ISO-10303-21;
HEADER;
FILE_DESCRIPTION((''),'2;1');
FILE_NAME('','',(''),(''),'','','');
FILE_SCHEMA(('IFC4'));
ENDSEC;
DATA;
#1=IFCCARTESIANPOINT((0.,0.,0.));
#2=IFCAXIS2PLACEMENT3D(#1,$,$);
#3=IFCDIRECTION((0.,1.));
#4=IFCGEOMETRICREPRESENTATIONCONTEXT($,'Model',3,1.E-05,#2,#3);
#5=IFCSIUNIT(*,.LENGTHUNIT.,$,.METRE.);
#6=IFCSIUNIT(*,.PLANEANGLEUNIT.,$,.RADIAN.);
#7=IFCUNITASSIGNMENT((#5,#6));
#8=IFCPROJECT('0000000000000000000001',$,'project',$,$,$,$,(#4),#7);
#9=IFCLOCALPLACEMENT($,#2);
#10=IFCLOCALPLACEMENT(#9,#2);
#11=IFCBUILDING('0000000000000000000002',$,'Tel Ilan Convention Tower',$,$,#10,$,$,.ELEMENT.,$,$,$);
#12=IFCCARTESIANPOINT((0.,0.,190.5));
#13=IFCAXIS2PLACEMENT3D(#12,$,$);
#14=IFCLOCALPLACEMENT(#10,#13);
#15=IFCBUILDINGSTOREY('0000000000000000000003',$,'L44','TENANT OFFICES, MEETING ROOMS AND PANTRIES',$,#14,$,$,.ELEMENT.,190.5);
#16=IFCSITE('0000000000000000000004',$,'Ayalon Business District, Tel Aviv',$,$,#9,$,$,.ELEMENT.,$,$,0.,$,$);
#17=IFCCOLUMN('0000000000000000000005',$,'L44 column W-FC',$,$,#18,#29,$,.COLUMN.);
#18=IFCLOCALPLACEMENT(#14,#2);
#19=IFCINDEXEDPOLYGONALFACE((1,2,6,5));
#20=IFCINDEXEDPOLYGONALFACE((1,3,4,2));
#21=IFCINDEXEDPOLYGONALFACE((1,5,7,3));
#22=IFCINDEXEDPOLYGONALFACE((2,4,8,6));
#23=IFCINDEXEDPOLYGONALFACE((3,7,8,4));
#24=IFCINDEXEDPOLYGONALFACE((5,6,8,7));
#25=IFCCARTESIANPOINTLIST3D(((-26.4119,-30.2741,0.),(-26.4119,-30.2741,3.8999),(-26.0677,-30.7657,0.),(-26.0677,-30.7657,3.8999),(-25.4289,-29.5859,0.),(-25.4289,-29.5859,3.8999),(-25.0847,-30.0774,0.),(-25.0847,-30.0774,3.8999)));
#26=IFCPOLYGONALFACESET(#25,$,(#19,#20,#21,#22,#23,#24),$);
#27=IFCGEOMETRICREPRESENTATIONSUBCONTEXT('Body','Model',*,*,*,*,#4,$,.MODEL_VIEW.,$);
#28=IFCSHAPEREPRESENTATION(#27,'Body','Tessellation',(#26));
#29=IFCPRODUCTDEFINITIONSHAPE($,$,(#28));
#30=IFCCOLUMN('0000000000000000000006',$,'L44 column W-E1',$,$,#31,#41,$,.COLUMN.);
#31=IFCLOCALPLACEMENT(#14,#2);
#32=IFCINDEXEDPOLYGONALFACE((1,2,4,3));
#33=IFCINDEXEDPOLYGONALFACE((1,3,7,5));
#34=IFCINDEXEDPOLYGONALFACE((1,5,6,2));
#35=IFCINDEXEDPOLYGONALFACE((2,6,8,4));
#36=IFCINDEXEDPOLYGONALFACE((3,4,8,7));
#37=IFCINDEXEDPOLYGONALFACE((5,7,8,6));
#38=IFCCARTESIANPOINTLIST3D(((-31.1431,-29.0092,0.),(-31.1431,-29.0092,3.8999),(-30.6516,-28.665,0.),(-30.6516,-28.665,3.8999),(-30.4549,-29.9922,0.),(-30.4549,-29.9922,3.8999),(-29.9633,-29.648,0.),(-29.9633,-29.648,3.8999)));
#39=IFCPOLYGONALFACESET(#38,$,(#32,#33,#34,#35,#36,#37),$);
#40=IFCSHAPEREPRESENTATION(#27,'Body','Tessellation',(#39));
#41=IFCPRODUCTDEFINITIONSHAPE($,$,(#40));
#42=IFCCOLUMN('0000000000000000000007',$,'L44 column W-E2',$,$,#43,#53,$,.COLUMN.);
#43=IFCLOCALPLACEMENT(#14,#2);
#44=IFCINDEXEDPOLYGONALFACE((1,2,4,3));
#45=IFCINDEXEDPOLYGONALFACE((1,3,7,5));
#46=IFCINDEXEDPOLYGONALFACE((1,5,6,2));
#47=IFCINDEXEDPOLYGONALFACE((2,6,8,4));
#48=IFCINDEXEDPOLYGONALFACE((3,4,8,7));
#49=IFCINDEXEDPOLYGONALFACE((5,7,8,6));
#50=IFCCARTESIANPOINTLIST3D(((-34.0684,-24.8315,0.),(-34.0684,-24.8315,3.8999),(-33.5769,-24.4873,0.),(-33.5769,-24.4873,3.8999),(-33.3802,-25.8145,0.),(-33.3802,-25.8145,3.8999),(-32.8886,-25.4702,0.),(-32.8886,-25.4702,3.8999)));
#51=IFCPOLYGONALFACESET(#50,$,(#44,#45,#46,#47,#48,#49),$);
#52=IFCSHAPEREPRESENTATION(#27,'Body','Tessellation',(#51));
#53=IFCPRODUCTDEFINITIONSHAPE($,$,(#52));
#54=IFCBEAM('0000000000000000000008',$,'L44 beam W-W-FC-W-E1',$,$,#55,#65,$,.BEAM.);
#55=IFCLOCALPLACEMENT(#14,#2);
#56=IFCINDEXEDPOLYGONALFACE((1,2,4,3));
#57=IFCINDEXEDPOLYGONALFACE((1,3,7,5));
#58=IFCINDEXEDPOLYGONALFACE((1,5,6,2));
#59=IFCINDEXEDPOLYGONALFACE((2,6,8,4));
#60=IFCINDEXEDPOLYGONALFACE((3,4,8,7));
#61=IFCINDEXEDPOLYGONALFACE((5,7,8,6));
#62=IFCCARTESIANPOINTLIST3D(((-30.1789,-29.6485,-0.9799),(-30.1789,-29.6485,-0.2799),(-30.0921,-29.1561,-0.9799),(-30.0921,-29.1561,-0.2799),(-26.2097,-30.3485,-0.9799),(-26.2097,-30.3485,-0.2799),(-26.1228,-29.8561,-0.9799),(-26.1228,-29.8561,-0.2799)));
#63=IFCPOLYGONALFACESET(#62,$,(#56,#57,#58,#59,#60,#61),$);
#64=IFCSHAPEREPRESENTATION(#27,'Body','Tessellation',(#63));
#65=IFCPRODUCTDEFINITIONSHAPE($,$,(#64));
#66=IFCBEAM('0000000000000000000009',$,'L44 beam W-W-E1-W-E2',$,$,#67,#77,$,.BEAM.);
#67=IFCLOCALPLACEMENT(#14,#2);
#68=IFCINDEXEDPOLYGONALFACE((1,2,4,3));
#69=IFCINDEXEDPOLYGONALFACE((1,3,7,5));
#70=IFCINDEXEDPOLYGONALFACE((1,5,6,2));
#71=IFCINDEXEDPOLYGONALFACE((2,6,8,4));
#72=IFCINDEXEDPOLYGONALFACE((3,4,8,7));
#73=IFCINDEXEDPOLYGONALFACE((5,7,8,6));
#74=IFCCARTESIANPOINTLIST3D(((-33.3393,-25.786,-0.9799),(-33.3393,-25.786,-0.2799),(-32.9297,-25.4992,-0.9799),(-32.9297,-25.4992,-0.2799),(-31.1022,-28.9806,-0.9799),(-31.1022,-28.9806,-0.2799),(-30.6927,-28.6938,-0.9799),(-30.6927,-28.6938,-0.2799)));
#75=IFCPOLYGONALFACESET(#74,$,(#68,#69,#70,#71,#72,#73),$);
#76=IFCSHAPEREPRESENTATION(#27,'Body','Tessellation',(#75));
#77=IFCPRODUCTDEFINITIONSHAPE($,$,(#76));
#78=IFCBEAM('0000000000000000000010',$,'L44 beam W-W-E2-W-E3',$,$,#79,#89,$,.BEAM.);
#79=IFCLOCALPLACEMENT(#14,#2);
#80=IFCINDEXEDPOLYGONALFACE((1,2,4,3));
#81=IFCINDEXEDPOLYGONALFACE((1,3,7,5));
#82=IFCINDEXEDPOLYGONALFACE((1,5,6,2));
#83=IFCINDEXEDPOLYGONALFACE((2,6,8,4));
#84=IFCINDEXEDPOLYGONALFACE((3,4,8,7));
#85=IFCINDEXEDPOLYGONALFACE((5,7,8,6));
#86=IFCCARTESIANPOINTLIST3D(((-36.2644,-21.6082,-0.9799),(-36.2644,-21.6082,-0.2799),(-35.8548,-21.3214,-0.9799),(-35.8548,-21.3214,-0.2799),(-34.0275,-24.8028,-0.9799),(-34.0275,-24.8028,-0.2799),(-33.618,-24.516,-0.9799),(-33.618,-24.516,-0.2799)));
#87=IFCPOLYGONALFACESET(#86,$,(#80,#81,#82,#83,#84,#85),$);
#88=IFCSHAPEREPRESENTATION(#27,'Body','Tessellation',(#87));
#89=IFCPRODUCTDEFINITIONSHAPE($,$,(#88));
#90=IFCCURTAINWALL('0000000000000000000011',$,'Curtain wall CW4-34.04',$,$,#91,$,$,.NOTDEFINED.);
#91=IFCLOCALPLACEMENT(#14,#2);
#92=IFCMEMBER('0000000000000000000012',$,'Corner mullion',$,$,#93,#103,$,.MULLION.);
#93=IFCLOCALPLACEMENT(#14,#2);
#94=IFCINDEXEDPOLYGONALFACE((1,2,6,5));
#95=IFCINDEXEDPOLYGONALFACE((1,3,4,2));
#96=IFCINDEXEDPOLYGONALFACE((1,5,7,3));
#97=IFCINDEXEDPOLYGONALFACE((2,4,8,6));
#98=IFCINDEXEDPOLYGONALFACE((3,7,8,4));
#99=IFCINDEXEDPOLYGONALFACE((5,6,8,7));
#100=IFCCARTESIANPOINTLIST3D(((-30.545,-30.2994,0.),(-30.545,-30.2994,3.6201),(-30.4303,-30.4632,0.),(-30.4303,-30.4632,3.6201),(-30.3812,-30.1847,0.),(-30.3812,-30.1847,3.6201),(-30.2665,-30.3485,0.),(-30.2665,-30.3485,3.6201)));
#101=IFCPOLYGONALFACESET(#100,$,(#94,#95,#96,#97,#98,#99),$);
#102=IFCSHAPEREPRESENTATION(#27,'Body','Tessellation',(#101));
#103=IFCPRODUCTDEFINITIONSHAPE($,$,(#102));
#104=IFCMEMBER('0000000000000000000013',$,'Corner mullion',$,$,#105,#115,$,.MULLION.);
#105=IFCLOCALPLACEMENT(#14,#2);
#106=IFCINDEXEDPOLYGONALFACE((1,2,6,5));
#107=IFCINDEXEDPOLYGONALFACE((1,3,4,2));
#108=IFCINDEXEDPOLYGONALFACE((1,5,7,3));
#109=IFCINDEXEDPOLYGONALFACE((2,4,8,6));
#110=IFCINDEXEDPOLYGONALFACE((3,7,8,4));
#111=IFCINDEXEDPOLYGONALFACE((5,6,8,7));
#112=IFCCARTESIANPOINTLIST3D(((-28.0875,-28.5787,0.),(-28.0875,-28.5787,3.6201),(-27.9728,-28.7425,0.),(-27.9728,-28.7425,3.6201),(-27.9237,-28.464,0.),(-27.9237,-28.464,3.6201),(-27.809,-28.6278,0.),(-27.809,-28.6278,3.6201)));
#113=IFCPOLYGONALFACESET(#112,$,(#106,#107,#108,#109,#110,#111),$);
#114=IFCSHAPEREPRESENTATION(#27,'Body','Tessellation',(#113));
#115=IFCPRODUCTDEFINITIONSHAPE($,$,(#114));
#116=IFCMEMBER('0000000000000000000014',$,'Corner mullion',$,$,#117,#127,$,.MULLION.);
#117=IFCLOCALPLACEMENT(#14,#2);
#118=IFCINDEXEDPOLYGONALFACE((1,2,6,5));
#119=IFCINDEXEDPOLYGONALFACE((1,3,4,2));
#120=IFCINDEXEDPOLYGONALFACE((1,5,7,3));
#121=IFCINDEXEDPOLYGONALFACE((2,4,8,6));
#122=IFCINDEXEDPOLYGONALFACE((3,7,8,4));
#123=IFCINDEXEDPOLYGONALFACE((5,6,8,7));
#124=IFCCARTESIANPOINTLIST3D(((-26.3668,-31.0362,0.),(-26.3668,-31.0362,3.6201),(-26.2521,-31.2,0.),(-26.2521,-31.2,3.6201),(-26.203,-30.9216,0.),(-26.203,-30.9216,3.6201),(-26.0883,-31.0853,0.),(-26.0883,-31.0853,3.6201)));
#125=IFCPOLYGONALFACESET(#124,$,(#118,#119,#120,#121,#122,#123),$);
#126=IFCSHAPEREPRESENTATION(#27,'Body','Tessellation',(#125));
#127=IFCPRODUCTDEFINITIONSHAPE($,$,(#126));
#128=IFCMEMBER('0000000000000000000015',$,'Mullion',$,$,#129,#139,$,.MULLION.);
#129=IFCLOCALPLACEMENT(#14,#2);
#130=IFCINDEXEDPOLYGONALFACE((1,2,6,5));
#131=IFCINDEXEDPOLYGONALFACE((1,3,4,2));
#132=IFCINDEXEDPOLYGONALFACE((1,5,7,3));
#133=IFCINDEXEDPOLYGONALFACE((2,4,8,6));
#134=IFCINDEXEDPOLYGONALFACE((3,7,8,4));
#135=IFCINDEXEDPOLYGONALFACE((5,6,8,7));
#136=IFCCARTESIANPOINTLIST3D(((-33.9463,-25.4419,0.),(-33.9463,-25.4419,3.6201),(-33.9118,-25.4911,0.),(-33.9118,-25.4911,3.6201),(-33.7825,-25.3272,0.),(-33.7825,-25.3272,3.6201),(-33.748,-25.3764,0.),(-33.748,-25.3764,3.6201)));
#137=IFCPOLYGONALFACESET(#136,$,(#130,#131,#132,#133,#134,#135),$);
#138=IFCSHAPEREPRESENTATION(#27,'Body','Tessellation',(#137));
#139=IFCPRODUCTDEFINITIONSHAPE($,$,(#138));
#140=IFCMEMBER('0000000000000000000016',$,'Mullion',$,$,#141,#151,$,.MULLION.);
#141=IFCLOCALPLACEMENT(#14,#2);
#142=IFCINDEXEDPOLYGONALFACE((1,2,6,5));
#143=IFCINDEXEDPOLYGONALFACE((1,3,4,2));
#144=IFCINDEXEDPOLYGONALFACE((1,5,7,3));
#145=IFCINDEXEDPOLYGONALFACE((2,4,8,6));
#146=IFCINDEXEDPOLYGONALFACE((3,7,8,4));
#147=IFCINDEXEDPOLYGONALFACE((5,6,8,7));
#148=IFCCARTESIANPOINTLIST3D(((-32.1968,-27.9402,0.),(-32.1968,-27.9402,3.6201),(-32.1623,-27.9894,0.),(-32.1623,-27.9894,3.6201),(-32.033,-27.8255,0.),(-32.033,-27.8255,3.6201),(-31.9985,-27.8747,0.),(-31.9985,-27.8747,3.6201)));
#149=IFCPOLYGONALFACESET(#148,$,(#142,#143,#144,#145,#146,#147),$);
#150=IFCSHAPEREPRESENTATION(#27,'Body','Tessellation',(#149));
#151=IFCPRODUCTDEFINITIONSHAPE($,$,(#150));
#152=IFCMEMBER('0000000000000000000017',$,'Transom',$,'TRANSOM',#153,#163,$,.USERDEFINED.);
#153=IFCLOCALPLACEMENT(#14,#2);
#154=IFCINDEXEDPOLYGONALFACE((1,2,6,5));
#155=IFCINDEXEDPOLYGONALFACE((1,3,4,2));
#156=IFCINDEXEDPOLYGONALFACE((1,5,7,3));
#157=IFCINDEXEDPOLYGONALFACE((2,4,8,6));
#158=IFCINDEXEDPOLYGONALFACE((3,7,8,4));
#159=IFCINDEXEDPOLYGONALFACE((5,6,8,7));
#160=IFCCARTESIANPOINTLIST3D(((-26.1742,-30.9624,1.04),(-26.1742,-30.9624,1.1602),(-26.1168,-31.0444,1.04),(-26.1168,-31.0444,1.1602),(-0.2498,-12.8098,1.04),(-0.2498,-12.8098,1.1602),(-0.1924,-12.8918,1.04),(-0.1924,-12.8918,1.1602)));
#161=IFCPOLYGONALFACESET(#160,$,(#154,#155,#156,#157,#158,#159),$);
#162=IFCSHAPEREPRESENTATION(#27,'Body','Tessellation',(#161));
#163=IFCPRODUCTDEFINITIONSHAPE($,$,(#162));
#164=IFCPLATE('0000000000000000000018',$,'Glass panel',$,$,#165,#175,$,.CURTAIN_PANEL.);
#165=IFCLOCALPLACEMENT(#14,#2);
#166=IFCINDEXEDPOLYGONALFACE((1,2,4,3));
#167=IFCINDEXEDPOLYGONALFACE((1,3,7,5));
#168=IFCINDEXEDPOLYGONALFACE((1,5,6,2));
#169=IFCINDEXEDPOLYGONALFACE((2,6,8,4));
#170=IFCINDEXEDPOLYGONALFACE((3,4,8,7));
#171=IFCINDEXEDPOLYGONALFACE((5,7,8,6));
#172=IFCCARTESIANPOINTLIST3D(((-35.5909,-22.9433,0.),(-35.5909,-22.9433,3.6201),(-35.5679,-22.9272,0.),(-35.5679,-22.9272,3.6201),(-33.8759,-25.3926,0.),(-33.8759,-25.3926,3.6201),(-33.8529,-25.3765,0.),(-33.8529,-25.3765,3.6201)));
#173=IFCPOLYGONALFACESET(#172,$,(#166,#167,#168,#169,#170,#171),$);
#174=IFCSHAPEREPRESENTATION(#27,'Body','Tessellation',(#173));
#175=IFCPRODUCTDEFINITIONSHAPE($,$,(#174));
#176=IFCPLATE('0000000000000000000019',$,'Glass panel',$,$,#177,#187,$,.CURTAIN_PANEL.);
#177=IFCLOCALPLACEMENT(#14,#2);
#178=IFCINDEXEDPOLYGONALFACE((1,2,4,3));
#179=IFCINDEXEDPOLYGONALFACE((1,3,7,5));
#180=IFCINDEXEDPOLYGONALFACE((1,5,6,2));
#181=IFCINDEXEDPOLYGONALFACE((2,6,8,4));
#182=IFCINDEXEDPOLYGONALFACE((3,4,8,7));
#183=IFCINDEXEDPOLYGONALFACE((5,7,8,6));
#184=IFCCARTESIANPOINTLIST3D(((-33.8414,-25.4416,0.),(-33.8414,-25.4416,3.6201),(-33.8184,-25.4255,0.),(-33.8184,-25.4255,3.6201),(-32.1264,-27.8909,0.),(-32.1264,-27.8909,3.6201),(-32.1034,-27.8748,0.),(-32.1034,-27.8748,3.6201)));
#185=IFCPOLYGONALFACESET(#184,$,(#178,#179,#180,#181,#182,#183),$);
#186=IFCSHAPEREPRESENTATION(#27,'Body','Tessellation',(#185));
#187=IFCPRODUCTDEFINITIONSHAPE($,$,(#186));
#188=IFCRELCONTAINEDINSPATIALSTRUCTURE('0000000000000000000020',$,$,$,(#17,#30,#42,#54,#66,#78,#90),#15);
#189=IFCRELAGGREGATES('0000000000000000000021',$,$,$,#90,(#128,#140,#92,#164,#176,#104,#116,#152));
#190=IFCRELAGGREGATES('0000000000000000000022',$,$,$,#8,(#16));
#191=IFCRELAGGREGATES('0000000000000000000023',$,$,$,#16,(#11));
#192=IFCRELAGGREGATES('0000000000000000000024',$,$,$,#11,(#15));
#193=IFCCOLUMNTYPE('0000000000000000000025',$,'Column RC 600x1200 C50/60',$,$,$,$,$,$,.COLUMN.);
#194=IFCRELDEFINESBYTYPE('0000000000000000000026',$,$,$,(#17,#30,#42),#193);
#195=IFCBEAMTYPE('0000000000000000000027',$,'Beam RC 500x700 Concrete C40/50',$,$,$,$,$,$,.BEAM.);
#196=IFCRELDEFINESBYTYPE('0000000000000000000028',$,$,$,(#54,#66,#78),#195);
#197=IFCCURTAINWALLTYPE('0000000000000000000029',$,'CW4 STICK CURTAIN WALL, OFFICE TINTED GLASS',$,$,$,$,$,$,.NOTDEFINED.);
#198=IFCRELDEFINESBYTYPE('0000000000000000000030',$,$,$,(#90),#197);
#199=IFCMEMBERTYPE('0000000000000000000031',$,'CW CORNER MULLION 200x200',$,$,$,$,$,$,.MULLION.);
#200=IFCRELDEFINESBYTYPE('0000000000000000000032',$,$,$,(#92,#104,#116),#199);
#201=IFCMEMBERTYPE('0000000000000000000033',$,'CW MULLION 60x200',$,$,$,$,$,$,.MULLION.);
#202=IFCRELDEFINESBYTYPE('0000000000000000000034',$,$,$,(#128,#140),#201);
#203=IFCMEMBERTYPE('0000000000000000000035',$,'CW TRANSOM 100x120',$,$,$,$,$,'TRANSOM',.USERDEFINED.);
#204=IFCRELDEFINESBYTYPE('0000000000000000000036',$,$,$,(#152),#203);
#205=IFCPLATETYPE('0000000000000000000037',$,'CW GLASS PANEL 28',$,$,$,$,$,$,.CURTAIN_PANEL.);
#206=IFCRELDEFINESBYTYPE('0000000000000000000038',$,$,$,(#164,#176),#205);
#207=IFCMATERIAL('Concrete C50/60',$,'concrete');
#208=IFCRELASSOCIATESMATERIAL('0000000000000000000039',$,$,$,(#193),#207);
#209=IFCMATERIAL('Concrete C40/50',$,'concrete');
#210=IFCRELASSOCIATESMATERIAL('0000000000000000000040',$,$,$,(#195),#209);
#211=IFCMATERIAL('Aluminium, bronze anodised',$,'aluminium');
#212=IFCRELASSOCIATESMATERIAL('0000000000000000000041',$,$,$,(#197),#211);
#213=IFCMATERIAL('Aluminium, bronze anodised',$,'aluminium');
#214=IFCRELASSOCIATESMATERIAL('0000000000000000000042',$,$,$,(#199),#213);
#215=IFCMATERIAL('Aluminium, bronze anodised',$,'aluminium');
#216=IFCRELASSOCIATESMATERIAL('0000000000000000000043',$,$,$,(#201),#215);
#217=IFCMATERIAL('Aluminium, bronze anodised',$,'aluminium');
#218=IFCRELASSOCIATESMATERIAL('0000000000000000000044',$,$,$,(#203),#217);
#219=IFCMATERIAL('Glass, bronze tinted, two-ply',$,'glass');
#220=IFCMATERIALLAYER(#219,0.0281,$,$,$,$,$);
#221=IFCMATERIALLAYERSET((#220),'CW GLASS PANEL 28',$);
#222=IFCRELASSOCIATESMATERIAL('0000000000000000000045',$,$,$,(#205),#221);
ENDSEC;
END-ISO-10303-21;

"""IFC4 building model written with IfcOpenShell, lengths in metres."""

from ifc_helpers import new_model, si_unit, direction, frame, origin, origin_2d, place, context, subcontext, project, spatial, rectangle, extrude, material, layer, layer_set, material_profile, profile_set, type_object, element, aggregate, save


model = new_model("IFC4")

# Units and contexts
model_context = context("Model", 3, precision=1e-05, world=origin(), true_north=direction((0.0, 1.0)))
body_context = subcontext(model_context, "Body", "Model", "MODEL_VIEW")
ifc_project = project(units=[si_unit("LENGTHUNIT", "METRE"), si_unit("PLANEANGLEUNIT", "RADIAN")], contexts=[model_context])

# Site, building, storey
site_placement = place(None, origin())
site = spatial("IfcSite", under=ifc_project, at=site_placement, Name="Ayalon Business District, Tel Aviv", CompositionType="ELEMENT", RefElevation=0.0)
building_placement = place(site_placement, origin())
building = spatial("IfcBuilding", under=site, at=building_placement, Name="Tel Ilan Convention Tower", CompositionType="ELEMENT")
storey_placement = place(building_placement, frame((0.0, 0.0, 190.5)))
storey = spatial("IfcBuildingStorey", under=building, at=storey_placement, Name="L44", Description="TENANT OFFICES, MEETING ROOMS AND PANTRIES", CompositionType="ELEMENT", Elevation=190.5)

# Columns
ifc_material_1 = material(Name="Concrete C50/60", Category="concrete")
ifc_material_profile_1 = material_profile(ifc_material_1, rectangle(XDim=1.2, YDim=0.6001, at=origin_2d()), Name="RC 600x1200")
ifc_profile_set_1 = profile_set([ifc_material_profile_1], Name="Concrete C50/60")
column_type = type_object("IfcColumnType", Name="Column RC 600x1200 C50/60", PredefinedType="COLUMN", material=ifc_profile_set_1)
for number, where, z_axis, x_axis, name in (
    (1, (-25.7483, -30.1758, 0.0), (0.0, 0.0, 1.0), (-0.819152, -0.573576, 0.0), "L44 column W-FC"),
    (2, (-30.5532, -29.3286, 0.0), (0.0, 0.0, 1.0), (-0.573576, 0.819152, 0.0), "L44 column W-E1"),
    (3, (-33.4785, -25.1509, 0.0), (0.0, 0.0, 1.0), (-0.573576, 0.819152, 0.0), "L44 column W-E2"),
):
    element("IfcColumn", number, at=place(storey_placement, frame(where, z_axis=z_axis, x_axis=x_axis)), inside=storey, type_object=column_type, Name=name, PredefinedType="COLUMN", context=body_context, shape_type="SweptSolid", body=[
        extrude(rectangle(XDim=1.2, YDim=0.6001, at=origin_2d()), origin(), (0.0, 0.0, 1.0), 3.8999),
    ])

# Beams
ifc_material_2 = material(Name="Concrete C40/50", Category="concrete")
ifc_material_profile_2 = material_profile(ifc_material_2, rectangle(XDim=0.5, YDim=0.7, at=origin_2d()), Name="RC 500x700")
ifc_profile_set_2 = profile_set([ifc_material_profile_2], Name="Concrete C40/50")
beam_type = type_object("IfcBeamType", Name="Beam RC 500x700 Concrete C40/50", PredefinedType="BEAM", material=ifc_profile_set_2)
beam_placement = place(storey_placement, frame((-26.1663, -30.1023, -0.6299), z_axis=(-0.984805, 0.173664, 0.0), x_axis=(-0.173664, -0.984805, 0.0)))
element("IfcBeam", 4, at=beam_placement, inside=storey, type_object=beam_type, Name="L44 beam W-W-FC-W-E1", PredefinedType="BEAM", context=body_context, shape_type="SweptSolid", body=[
    extrude(rectangle(XDim=0.5, YDim=0.7, at=origin_2d()), origin(), (0.0, 0.0, 1.0), 4.0305),
])
for number, where, z_axis, x_axis, name in (
    (5, (-30.8975, -28.8372, -0.6299), (-0.573609, 0.819129, 0.0), (-0.819129, -0.573609, 0.0), "L44 beam W-W-E1-W-E2"),
    (6, (-33.8228, -24.6594, -0.6299), (-0.573567, 0.819158, 0.0), (-0.819158, -0.573567, 0.0), "L44 beam W-W-E2-W-E3"),
):
    element("IfcBeam", number, at=place(storey_placement, frame(where, z_axis=z_axis, x_axis=x_axis)), inside=storey, type_object=beam_type, Name=name, PredefinedType="BEAM", context=body_context, shape_type="SweptSolid", body=[
        extrude(rectangle(XDim=0.5, YDim=0.7, at=origin_2d()), origin(), (0.0, 0.0, 1.0), 3.8999),
    ])

# Curtain wall, members, plates
ifc_material_3 = material(Name="Aluminium, bronze anodised", Category="aluminium")
curtain_wall_type = type_object("IfcCurtainWallType", Name="CW4 STICK CURTAIN WALL, OFFICE TINTED GLASS", PredefinedType="NOTDEFINED", material=ifc_material_3)
curtain_wall_placement = place(storey_placement, origin())
curtain_wall = element("IfcCurtainWall", 7, at=curtain_wall_placement, inside=storey, type_object=curtain_wall_type, Name="Curtain wall CW4-34.04", PredefinedType="NOTDEFINED")
ifc_material_4 = material(Name="Aluminium, bronze anodised", Category="aluminium")
ifc_material_profile_3 = material_profile(ifc_material_4, rectangle(XDim=0.2, YDim=0.2, at=origin_2d()), Name="CW CORNER MULLION 200x200")
ifc_profile_set_3 = profile_set([ifc_material_profile_3], Name="Aluminium, bronze anodised")
member_type_1 = type_object("IfcMemberType", Name="CW CORNER MULLION 200x200", PredefinedType="MULLION", material=ifc_profile_set_3)
member_1_placement = place(storey_placement, frame((-30.4058, -30.324, 0.0), z_axis=(0.0, 0.0, 1.0), x_axis=(0.573576, -0.819152, 0.0)))
member_1 = element("IfcMember", 8, at=member_1_placement, type_object=member_type_1, Name="Corner mullion", PredefinedType="MULLION", context=body_context, shape_type="SweptSolid", body=[
    extrude(rectangle(XDim=0.2, YDim=0.2, at=origin_2d()), origin(), (0.0, 0.0, 1.0), 3.6201),
])
member_2_placement = place(storey_placement, frame((-27.9482, -28.6033, 0.0), z_axis=(0.0, 0.0, 1.0), x_axis=(0.819152, 0.573576, 0.0)))
member_2 = element("IfcMember", 9, at=member_2_placement, type_object=member_type_1, Name="Corner mullion", PredefinedType="MULLION", context=body_context, shape_type="SweptSolid", body=[
    extrude(rectangle(XDim=0.2, YDim=0.2, at=origin_2d()), origin(), (0.0, 0.0, 1.0), 3.6201),
])
member_3_placement = place(storey_placement, frame((-26.2275, -31.0608, 0.0), z_axis=(0.0, 0.0, 1.0), x_axis=(0.573576, -0.819152, 0.0)))
member_3 = element("IfcMember", 10, at=member_3_placement, type_object=member_type_1, Name="Corner mullion", PredefinedType="MULLION", context=body_context, shape_type="SweptSolid", body=[
    extrude(rectangle(XDim=0.2, YDim=0.2, at=origin_2d()), origin(), (0.0, 0.0, 1.0), 3.6201),
])
ifc_material_5 = material(Name="Aluminium, bronze anodised", Category="aluminium")
ifc_material_profile_4 = material_profile(ifc_material_5, rectangle(XDim=0.0601, YDim=0.2, at=origin_2d()), Name="CW MULLION 60x200")
ifc_profile_set_4 = profile_set([ifc_material_profile_4], Name="Aluminium, bronze anodised")
member_type_2 = type_object("IfcMemberType", Name="CW MULLION 60x200", PredefinedType="MULLION", material=ifc_profile_set_4)
member_4_placement = place(storey_placement, frame((-33.8472, -25.4092, 0.0), z_axis=(0.0, 0.0, 1.0), x_axis=(0.573576, -0.819152, 0.0)))
member_4 = element("IfcMember", 11, at=member_4_placement, type_object=member_type_2, Name="Mullion", PredefinedType="MULLION", context=body_context, shape_type="SweptSolid", body=[
    extrude(rectangle(XDim=0.0601, YDim=0.2, at=origin_2d()), origin(), (0.0, 0.0, 1.0), 3.6201),
])
member_5_placement = place(storey_placement, frame((-32.0977, -27.9075, 0.0), z_axis=(0.0, 0.0, 1.0), x_axis=(0.573576, -0.819152, 0.0)))
member_5 = element("IfcMember", 12, at=member_5_placement, type_object=member_type_2, Name="Mullion", PredefinedType="MULLION", context=body_context, shape_type="SweptSolid", body=[
    extrude(rectangle(XDim=0.0601, YDim=0.2, at=origin_2d()), origin(), (0.0, 0.0, 1.0), 3.6201),
])
ifc_material_6 = material(Name="Aluminium, bronze anodised", Category="aluminium")
ifc_material_profile_5 = material_profile(ifc_material_6, rectangle(XDim=0.1001, YDim=0.1201, at=origin_2d()), Name="CW TRANSOM 100x120")
ifc_profile_set_5 = profile_set([ifc_material_profile_5], Name="Aluminium, bronze anodised")
member_type_3 = type_object("IfcMemberType", Name="CW TRANSOM 100x120", ElementType="TRANSOM", PredefinedType="USERDEFINED", material=ifc_profile_set_5)
member_6_placement = place(storey_placement, frame((-26.1455, -31.0034, 1.1001), z_axis=(0.819149, 0.57358, 0.0), x_axis=(-0.57358, 0.819149, 0.0)))
member_6 = element("IfcMember", 13, at=member_6_placement, type_object=member_type_3, Name="Transom", ObjectType="TRANSOM", PredefinedType="USERDEFINED", context=body_context, shape_type="SweptSolid", body=[
    extrude(rectangle(XDim=0.1001, YDim=0.1201, at=origin_2d()), origin(), (0.0, 0.0, 1.0), 31.6479),
])
ifc_material_7 = material(Name="Glass, bronze tinted, two-ply", Category="glass")
ifc_layer_1 = layer(ifc_material_7, 0.0281)
ifc_layer_set_1 = layer_set([ifc_layer_1], Name="CW GLASS PANEL 28")
plate_type = type_object("IfcPlateType", Name="CW GLASS PANEL 28", PredefinedType="CURTAIN_PANEL", material=ifc_layer_set_1)
plate_1_placement = place(storey_placement, frame((-34.7219, -24.1599, 0.0), z_axis=(0.0, 0.0, 1.0), x_axis=(0.573576, -0.819152, 0.0)))
plate_1 = element("IfcPlate", 14, at=plate_1_placement, type_object=plate_type, Name="Glass panel", PredefinedType="CURTAIN_PANEL", context=body_context, shape_type="SweptSolid", body=[
    extrude(rectangle(XDim=2.99, YDim=0.0281, at=origin_2d()), origin(), (0.0, 0.0, 1.0), 3.6201),
])
plate_2_placement = place(storey_placement, frame((-32.9724, -26.6582, 0.0), z_axis=(0.0, 0.0, 1.0), x_axis=(0.573576, -0.819152, 0.0)))
plate_2 = element("IfcPlate", 15, at=plate_2_placement, type_object=plate_type, Name="Glass panel", PredefinedType="CURTAIN_PANEL", context=body_context, shape_type="SweptSolid", body=[
    extrude(rectangle(XDim=2.99, YDim=0.0281, at=origin_2d()), origin(), (0.0, 0.0, 1.0), 3.6201),
])
aggregate(curtain_wall, [member_4, member_5, member_1, plate_1, plate_2, member_2, member_3, member_6])

save(model, "model.ifc")
